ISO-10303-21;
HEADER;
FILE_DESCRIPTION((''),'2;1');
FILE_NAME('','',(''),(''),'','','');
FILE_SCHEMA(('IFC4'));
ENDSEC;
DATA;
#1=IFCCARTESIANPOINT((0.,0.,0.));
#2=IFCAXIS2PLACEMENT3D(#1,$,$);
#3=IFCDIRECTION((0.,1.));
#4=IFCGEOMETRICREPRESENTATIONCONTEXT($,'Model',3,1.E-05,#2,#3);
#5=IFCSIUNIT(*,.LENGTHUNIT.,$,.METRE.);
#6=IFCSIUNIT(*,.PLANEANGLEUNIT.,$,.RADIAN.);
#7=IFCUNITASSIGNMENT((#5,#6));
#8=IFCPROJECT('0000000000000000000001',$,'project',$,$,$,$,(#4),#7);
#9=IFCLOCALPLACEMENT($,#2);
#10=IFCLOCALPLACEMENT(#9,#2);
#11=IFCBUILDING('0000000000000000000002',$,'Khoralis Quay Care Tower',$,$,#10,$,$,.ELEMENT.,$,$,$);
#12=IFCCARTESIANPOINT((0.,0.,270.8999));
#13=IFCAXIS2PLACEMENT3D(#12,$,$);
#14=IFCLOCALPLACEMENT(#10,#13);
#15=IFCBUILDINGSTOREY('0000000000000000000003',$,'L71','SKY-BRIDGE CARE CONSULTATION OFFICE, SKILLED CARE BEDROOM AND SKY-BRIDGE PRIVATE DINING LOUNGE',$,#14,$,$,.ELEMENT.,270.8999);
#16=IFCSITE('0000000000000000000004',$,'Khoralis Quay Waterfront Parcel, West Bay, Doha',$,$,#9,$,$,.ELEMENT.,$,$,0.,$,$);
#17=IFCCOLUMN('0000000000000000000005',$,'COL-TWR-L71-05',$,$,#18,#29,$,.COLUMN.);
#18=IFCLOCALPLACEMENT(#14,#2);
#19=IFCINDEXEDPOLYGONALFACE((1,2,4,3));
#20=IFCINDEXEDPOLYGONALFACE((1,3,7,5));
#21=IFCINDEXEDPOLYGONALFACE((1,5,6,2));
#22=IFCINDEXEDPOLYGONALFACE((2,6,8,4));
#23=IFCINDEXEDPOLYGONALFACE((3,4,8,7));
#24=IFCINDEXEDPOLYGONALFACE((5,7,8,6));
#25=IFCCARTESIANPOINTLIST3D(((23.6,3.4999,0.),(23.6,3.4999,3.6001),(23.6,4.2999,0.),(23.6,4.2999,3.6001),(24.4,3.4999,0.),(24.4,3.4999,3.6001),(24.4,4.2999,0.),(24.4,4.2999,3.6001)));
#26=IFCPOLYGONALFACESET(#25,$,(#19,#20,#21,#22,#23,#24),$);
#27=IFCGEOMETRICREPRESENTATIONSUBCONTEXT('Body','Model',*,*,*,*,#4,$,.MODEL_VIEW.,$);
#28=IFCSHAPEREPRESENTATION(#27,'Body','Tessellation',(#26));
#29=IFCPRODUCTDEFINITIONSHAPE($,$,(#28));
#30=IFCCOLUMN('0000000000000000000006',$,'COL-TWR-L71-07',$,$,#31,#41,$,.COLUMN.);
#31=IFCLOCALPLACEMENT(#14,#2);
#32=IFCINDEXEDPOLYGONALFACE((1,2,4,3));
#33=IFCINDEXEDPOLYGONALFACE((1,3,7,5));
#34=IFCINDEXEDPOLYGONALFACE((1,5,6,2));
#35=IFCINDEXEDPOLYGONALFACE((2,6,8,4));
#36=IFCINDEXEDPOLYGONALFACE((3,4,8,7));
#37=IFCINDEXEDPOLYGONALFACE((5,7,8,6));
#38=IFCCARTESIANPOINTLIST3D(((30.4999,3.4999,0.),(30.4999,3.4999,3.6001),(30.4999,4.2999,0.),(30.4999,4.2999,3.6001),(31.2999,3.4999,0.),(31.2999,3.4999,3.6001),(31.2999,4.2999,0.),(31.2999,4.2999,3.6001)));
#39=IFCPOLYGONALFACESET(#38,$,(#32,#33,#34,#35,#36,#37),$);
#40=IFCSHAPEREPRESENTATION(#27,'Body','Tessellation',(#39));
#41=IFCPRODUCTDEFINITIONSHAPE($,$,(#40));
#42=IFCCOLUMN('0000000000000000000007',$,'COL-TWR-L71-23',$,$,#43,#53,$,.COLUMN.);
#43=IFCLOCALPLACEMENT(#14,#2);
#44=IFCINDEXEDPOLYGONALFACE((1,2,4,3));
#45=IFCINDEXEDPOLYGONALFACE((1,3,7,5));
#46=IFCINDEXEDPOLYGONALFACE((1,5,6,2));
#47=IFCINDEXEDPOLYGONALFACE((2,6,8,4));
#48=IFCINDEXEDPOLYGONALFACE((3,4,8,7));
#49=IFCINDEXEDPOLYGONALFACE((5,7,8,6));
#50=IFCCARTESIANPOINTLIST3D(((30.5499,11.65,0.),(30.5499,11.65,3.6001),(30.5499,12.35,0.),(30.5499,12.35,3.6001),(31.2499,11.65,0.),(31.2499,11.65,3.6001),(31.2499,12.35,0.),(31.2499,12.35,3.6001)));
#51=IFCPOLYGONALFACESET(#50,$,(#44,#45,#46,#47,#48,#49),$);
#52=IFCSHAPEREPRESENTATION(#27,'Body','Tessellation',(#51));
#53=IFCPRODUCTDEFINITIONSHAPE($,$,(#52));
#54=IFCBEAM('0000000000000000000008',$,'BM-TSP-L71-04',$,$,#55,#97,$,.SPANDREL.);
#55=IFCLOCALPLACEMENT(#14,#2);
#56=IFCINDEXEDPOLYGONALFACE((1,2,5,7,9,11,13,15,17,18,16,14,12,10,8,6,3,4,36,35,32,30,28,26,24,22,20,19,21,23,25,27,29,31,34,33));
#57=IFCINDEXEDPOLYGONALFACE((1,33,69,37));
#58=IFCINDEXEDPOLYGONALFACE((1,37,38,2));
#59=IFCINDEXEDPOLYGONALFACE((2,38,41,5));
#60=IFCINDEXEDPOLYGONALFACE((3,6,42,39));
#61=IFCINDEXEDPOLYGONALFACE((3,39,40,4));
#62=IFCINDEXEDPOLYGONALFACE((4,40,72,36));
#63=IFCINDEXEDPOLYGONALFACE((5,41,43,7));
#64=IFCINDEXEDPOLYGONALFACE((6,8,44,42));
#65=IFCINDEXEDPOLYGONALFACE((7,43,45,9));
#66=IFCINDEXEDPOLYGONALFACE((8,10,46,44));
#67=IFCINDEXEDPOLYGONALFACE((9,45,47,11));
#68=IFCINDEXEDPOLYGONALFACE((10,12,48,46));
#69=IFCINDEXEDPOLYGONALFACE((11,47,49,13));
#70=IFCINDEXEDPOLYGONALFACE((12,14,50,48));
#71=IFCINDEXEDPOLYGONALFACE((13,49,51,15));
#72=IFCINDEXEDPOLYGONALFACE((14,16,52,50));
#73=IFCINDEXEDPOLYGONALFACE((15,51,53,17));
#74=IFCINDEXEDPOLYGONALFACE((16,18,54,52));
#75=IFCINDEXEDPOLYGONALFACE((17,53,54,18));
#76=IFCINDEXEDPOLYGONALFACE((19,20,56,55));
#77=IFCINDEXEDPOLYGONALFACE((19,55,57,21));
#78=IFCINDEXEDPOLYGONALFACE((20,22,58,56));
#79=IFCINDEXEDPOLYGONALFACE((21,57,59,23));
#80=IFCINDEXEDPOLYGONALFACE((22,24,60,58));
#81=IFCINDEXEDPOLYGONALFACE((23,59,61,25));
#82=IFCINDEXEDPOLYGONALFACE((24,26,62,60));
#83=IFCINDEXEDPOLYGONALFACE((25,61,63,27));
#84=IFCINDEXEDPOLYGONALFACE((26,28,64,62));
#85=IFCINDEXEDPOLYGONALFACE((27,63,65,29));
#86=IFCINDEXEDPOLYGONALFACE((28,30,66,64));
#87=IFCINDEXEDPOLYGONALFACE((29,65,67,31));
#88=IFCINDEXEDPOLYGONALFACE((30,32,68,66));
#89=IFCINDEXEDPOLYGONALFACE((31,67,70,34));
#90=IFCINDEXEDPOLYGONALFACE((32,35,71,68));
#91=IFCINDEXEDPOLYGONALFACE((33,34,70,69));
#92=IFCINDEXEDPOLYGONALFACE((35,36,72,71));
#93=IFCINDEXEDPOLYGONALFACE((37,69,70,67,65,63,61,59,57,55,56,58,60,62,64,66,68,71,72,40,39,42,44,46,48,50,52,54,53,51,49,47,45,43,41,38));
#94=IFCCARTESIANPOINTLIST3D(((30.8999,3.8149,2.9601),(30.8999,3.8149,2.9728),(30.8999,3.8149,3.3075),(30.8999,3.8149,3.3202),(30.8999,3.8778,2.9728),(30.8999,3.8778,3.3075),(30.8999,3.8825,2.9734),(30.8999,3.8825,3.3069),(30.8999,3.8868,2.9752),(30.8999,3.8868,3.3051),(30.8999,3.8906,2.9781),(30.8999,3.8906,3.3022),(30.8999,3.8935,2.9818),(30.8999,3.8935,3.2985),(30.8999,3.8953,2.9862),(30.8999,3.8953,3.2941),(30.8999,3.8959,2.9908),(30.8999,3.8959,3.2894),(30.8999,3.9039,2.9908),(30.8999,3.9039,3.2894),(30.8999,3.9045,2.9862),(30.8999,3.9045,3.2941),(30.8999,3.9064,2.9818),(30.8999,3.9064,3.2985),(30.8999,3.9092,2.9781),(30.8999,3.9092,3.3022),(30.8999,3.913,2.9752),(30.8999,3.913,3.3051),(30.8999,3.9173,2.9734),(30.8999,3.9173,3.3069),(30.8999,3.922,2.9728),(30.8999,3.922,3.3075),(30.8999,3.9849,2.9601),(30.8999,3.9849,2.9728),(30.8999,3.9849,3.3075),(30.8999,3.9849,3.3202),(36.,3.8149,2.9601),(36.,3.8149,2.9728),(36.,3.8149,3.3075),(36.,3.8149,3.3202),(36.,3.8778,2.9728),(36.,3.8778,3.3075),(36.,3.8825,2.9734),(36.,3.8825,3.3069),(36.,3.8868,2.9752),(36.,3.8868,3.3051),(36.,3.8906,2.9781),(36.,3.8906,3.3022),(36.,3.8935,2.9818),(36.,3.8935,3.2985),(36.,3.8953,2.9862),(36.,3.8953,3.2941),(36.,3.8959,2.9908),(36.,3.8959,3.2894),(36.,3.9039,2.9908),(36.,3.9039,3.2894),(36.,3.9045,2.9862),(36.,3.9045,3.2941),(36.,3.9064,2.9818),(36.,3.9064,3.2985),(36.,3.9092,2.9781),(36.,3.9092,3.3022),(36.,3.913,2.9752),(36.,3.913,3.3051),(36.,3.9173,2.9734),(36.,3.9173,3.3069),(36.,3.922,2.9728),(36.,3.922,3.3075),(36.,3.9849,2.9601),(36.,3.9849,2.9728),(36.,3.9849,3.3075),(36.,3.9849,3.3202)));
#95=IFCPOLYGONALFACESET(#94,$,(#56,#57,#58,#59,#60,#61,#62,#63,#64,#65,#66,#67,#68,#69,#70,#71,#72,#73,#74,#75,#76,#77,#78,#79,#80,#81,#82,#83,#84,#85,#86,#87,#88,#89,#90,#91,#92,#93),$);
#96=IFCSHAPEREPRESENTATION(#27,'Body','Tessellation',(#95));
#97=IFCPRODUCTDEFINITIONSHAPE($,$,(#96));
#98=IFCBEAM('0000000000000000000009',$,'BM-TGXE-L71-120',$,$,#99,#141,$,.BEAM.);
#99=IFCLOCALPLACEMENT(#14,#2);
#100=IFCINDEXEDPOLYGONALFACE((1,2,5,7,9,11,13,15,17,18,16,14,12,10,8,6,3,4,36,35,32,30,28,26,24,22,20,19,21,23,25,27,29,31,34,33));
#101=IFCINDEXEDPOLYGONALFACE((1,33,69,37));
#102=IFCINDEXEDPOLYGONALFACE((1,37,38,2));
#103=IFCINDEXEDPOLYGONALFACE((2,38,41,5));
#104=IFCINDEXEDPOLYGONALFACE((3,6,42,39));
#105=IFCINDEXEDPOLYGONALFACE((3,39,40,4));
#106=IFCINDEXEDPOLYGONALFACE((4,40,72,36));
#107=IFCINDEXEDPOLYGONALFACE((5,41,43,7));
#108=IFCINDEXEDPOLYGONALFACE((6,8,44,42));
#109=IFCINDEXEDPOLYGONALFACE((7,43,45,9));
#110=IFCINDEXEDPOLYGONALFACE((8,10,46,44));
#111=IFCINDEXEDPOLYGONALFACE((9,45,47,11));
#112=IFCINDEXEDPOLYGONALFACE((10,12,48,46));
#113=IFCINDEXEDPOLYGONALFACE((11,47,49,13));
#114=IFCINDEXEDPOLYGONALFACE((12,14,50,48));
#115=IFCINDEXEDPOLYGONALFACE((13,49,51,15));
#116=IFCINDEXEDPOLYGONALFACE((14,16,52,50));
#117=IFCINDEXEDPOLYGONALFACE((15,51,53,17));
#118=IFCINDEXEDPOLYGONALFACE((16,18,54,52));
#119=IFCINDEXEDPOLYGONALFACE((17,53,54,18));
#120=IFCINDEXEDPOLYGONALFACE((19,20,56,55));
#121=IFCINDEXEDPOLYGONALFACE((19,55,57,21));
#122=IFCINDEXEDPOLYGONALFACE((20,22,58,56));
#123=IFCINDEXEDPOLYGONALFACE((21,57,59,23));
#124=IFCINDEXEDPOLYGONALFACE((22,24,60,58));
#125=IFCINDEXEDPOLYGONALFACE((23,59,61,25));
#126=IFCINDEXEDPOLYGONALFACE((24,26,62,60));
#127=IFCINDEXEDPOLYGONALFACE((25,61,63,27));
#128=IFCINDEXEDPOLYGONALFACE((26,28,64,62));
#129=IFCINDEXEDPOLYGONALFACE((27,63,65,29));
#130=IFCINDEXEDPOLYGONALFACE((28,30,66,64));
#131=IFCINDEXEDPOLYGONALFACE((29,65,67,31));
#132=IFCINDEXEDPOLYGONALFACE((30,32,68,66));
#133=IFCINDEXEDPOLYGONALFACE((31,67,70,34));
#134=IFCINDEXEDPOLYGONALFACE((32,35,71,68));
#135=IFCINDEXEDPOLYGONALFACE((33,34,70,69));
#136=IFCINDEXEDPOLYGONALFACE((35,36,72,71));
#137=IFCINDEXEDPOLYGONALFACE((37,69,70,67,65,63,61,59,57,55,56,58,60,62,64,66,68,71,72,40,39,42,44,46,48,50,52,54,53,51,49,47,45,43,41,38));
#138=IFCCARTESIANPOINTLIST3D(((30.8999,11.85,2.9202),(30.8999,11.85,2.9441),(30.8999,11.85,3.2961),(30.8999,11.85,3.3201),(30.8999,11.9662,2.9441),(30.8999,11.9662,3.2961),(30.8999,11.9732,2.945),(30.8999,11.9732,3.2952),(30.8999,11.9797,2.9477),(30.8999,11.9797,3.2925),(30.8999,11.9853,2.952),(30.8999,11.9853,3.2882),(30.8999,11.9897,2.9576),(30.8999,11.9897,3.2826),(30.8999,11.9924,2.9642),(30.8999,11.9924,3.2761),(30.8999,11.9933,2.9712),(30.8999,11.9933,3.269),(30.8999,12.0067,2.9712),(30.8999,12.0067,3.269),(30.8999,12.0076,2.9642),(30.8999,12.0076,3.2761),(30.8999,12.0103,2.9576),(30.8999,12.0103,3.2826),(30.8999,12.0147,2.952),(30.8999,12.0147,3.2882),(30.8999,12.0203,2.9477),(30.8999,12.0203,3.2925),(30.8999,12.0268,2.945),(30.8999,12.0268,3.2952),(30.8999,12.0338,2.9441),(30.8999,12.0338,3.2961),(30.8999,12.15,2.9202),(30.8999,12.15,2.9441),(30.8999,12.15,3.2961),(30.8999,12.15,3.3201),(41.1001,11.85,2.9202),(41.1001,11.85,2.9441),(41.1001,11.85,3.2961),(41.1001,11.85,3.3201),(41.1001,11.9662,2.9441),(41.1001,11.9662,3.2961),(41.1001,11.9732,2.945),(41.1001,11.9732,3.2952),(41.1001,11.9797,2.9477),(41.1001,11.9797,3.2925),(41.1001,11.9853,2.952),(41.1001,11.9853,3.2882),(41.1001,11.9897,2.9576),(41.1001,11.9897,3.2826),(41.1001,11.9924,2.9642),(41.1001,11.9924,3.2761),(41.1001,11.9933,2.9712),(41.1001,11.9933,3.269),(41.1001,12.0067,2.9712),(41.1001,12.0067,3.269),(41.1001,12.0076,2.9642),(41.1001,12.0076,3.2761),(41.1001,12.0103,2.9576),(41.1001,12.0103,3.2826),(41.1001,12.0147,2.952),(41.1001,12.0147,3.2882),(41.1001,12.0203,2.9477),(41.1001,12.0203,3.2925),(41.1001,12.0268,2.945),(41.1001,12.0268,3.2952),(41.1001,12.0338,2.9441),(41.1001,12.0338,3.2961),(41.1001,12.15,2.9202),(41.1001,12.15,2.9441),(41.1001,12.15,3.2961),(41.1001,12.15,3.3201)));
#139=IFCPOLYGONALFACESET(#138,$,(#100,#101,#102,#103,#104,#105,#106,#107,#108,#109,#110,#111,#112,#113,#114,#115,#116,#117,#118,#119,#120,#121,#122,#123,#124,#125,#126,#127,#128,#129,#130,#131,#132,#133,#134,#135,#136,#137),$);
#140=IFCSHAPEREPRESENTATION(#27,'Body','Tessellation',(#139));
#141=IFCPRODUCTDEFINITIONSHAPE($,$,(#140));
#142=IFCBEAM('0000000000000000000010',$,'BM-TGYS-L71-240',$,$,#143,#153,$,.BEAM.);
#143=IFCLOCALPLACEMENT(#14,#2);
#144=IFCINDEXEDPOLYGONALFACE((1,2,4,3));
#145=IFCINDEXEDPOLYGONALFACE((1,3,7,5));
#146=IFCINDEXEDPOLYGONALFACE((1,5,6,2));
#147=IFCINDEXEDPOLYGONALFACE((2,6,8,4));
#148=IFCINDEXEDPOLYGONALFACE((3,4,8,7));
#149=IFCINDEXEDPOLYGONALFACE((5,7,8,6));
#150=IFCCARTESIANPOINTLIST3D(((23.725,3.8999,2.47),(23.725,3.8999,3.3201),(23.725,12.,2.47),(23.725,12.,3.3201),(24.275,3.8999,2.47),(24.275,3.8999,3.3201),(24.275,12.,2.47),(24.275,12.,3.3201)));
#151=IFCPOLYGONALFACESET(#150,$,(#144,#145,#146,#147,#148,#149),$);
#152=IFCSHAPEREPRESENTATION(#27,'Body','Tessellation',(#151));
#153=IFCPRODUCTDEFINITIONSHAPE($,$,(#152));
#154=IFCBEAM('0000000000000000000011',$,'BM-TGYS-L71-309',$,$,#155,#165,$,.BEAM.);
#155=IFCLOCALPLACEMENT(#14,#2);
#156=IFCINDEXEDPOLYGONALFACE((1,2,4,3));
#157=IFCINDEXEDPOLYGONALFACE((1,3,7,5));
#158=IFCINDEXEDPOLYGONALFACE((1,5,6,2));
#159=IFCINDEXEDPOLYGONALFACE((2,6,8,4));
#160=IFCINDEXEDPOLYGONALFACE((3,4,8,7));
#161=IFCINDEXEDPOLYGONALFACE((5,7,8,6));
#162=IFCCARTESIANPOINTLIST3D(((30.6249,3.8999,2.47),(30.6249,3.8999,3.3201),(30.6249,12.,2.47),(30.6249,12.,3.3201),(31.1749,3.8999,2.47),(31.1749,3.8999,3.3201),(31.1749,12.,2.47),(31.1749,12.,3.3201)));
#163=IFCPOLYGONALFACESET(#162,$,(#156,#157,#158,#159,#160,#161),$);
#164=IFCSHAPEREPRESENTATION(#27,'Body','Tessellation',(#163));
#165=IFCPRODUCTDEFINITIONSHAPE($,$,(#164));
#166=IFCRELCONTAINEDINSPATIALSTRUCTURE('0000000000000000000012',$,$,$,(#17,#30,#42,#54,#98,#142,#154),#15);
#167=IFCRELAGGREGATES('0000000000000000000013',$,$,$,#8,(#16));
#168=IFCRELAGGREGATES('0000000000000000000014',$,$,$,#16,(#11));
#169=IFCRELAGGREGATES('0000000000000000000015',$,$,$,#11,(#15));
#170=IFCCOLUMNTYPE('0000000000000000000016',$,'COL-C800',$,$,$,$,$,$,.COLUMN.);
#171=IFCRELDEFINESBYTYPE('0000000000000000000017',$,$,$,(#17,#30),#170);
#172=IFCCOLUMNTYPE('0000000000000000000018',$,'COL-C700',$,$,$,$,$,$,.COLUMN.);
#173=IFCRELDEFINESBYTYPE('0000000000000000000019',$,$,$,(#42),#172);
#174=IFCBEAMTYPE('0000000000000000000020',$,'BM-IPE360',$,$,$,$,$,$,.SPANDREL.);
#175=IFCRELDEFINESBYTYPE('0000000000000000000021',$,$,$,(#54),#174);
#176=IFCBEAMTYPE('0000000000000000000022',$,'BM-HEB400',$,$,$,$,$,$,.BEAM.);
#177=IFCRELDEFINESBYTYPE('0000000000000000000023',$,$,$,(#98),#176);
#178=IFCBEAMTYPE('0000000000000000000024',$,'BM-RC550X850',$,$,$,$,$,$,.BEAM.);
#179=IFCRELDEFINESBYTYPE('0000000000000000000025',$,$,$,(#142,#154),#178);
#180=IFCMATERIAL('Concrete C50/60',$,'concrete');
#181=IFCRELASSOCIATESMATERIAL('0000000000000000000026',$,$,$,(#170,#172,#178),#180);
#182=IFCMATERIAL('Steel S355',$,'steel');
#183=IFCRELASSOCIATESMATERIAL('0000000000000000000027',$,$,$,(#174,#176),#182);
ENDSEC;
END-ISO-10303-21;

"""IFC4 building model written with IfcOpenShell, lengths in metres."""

from ifc_helpers import new_model, si_unit, direction, frame, origin, origin_2d, place, context, subcontext, project, spatial, rectangle, i_section, extrude, source, transform, mapped, material, material_profile, profile_set, type_object, element, save


model = new_model("IFC4")

# Units and contexts
model_context = context("Model", 3, precision=1e-05, world=origin(), true_north=direction((0.0, 1.0)))
body_context = subcontext(model_context, "Body", "Model", "MODEL_VIEW")
ifc_project = project(units=[si_unit("LENGTHUNIT", "METRE"), si_unit("PLANEANGLEUNIT", "RADIAN")], contexts=[model_context])

# Site, building, storey
site_placement = place(None, origin())
site = spatial("IfcSite", under=ifc_project, at=site_placement, Name="Khoralis Quay Waterfront Parcel, West Bay, Doha", CompositionType="ELEMENT", RefElevation=0.0)
building_placement = place(site_placement, origin())
building = spatial("IfcBuilding", under=site, at=building_placement, Name="Khoralis Quay Care Tower", CompositionType="ELEMENT")
storey_placement = place(building_placement, frame((0.0, 0.0, 270.8999)))
storey = spatial("IfcBuildingStorey", under=building, at=storey_placement, Name="L71", Description="SKY-BRIDGE CARE CONSULTATION OFFICE, SKILLED CARE BEDROOM AND SKY-BRIDGE PRIVATE DINING LOUNGE", CompositionType="ELEMENT", Elevation=270.8999)

# Columns
ifc_material_1 = material(Name="Concrete C50/60", Category="concrete")
ifc_material_profile_1 = material_profile(ifc_material_1, rectangle(XDim=0.8, YDim=0.8, at=origin_2d()), Name="Concrete C50/60")
ifc_profile_set_1 = profile_set([ifc_material_profile_1], Name="Concrete C50/60")
column_type_1 = type_object("IfcColumnType", Name="COL-C800", PredefinedType="COLUMN", material=ifc_profile_set_1)
shared_shape_1 = source(origin(), body_context, "Body", "SweptSolid", [
    extrude(rectangle(XDim=0.8, YDim=0.8, at=origin_2d()), origin(), (0.0, 0.0, 1.0), 3.6001),
])
for number, where, z_axis, x_axis, name in (
    (1, (24.0, 3.8999, 0.0), (0.0, 0.0, 1.0), (1.0, 0.0, 0.0), "COL-TWR-L71-05"),
    (2, (30.8999, 3.8999, 0.0), (0.0, 0.0, 1.0), (1.0, 0.0, 0.0), "COL-TWR-L71-07"),
):
    element("IfcColumn", number, at=place(storey_placement, frame(where, z_axis=z_axis, x_axis=x_axis)), inside=storey, type_object=column_type_1, Name=name, PredefinedType="COLUMN", context=body_context, shape_type="MappedRepresentation", body=[
        mapped(shared_shape_1, transform((0.0, 0.0, 0.0), scale=1.0)),
    ])
ifc_material_profile_2 = material_profile(ifc_material_1, rectangle(XDim=0.7, YDim=0.7, at=origin_2d()), Name="Concrete C50/60")
ifc_profile_set_2 = profile_set([ifc_material_profile_2], Name="Concrete C50/60")
column_type_2 = type_object("IfcColumnType", Name="COL-C700", PredefinedType="COLUMN", material=ifc_profile_set_2)
shared_shape_2 = source(origin(), body_context, "Body", "SweptSolid", [
    extrude(rectangle(XDim=0.7, YDim=0.7, at=origin_2d()), origin(), (0.0, 0.0, 1.0), 3.6001),
])
column_placement = place(storey_placement, frame((30.8999, 12.0, 0.0), z_axis=(0.0, 0.0, 1.0), x_axis=(1.0, 0.0, 0.0)))
element("IfcColumn", 3, at=column_placement, inside=storey, type_object=column_type_2, Name="COL-TWR-L71-23", PredefinedType="COLUMN", context=body_context, shape_type="MappedRepresentation", body=[
    mapped(shared_shape_2, transform((0.0, 0.0, 0.0), scale=1.0)),
])

# Beams
ifc_material_2 = material(Name="Steel S355", Category="steel")
ifc_material_profile_3 = material_profile(ifc_material_2, i_section(OverallWidth=0.1699, OverallDepth=0.3601, WebThickness=0.0081, FlangeThickness=0.0127, FilletRadius=0.0181, at=origin_2d()), Name="Steel S355")
ifc_profile_set_3 = profile_set([ifc_material_profile_3], Name="Steel S355")
beam_type_1 = type_object("IfcBeamType", Name="BM-IPE360", PredefinedType="SPANDREL", material=ifc_profile_set_3)
shared_shape_3 = source(origin(), body_context, "Body", "SweptSolid", [
    extrude(i_section(OverallWidth=0.1699, OverallDepth=0.3601, WebThickness=0.0081, FlangeThickness=0.0127, FilletRadius=0.0181, at=origin_2d()), origin(), (0.0, 0.0, 1.0), 5.1001),
])
beam_1_placement = place(storey_placement, frame((30.8999, 3.8999, 3.1401), z_axis=(1.0, 0.0, 0.0), x_axis=(0.0, 1.0, 0.0)))
element("IfcBeam", 4, at=beam_1_placement, inside=storey, type_object=beam_type_1, Name="BM-TSP-L71-04", PredefinedType="SPANDREL", context=body_context, shape_type="MappedRepresentation", body=[
    mapped(shared_shape_3, transform((0.0, 0.0, 0.0), scale=1.0)),
])
ifc_material_profile_4 = material_profile(ifc_material_2, i_section(OverallWidth=0.3, OverallDepth=0.3999, WebThickness=0.0134, FlangeThickness=0.0239, FilletRadius=0.0271, at=origin_2d()), Name="Steel S355")
ifc_profile_set_4 = profile_set([ifc_material_profile_4], Name="Steel S355")
beam_type_2 = type_object("IfcBeamType", Name="BM-HEB400", PredefinedType="BEAM", material=ifc_profile_set_4)
shared_shape_4 = source(origin(), body_context, "Body", "SweptSolid", [
    extrude(i_section(OverallWidth=0.3, OverallDepth=0.3999, WebThickness=0.0134, FlangeThickness=0.0239, FilletRadius=0.0271, at=origin_2d()), origin(), (0.0, 0.0, 1.0), 10.2002),
])
beam_2_placement = place(storey_placement, frame((30.8999, 12.0, 3.1201), z_axis=(1.0, 0.0, 0.0), x_axis=(0.0, 1.0, 0.0)))
element("IfcBeam", 5, at=beam_2_placement, inside=storey, type_object=beam_type_2, Name="BM-TGXE-L71-120", PredefinedType="BEAM", context=body_context, shape_type="MappedRepresentation", body=[
    mapped(shared_shape_4, transform((0.0, 0.0, 0.0), scale=1.0)),
])
ifc_material_profile_5 = material_profile(ifc_material_1, rectangle(XDim=0.55, YDim=0.8501, at=origin_2d()), Name="Concrete C50/60")
ifc_profile_set_5 = profile_set([ifc_material_profile_5], Name="Concrete C50/60")
beam_type_3 = type_object("IfcBeamType", Name="BM-RC550X850", PredefinedType="BEAM", material=ifc_profile_set_5)
shared_shape_5 = source(origin(), body_context, "Body", "SweptSolid", [
    extrude(rectangle(XDim=0.55, YDim=0.8501, at=origin_2d()), origin(), (0.0, 0.0, 1.0), 8.1001),
])
for number, where, z_axis, x_axis, name in (
    (6, (24.0, 3.8999, 2.895), (0.0, 1.0, 0.0), (-1.0, 0.0, 0.0), "BM-TGYS-L71-240"),
    (7, (30.8999, 3.8999, 2.895), (0.0, 1.0, 0.0), (-1.0, 0.0, 0.0), "BM-TGYS-L71-309"),
):
    element("IfcBeam", number, at=place(storey_placement, frame(where, z_axis=z_axis, x_axis=x_axis)), inside=storey, type_object=beam_type_3, Name=name, PredefinedType="BEAM", context=body_context, shape_type="MappedRepresentation", body=[
        mapped(shared_shape_5, transform((0.0, 0.0, 0.0), scale=1.0)),
    ])

save(model, "model.ifc")
